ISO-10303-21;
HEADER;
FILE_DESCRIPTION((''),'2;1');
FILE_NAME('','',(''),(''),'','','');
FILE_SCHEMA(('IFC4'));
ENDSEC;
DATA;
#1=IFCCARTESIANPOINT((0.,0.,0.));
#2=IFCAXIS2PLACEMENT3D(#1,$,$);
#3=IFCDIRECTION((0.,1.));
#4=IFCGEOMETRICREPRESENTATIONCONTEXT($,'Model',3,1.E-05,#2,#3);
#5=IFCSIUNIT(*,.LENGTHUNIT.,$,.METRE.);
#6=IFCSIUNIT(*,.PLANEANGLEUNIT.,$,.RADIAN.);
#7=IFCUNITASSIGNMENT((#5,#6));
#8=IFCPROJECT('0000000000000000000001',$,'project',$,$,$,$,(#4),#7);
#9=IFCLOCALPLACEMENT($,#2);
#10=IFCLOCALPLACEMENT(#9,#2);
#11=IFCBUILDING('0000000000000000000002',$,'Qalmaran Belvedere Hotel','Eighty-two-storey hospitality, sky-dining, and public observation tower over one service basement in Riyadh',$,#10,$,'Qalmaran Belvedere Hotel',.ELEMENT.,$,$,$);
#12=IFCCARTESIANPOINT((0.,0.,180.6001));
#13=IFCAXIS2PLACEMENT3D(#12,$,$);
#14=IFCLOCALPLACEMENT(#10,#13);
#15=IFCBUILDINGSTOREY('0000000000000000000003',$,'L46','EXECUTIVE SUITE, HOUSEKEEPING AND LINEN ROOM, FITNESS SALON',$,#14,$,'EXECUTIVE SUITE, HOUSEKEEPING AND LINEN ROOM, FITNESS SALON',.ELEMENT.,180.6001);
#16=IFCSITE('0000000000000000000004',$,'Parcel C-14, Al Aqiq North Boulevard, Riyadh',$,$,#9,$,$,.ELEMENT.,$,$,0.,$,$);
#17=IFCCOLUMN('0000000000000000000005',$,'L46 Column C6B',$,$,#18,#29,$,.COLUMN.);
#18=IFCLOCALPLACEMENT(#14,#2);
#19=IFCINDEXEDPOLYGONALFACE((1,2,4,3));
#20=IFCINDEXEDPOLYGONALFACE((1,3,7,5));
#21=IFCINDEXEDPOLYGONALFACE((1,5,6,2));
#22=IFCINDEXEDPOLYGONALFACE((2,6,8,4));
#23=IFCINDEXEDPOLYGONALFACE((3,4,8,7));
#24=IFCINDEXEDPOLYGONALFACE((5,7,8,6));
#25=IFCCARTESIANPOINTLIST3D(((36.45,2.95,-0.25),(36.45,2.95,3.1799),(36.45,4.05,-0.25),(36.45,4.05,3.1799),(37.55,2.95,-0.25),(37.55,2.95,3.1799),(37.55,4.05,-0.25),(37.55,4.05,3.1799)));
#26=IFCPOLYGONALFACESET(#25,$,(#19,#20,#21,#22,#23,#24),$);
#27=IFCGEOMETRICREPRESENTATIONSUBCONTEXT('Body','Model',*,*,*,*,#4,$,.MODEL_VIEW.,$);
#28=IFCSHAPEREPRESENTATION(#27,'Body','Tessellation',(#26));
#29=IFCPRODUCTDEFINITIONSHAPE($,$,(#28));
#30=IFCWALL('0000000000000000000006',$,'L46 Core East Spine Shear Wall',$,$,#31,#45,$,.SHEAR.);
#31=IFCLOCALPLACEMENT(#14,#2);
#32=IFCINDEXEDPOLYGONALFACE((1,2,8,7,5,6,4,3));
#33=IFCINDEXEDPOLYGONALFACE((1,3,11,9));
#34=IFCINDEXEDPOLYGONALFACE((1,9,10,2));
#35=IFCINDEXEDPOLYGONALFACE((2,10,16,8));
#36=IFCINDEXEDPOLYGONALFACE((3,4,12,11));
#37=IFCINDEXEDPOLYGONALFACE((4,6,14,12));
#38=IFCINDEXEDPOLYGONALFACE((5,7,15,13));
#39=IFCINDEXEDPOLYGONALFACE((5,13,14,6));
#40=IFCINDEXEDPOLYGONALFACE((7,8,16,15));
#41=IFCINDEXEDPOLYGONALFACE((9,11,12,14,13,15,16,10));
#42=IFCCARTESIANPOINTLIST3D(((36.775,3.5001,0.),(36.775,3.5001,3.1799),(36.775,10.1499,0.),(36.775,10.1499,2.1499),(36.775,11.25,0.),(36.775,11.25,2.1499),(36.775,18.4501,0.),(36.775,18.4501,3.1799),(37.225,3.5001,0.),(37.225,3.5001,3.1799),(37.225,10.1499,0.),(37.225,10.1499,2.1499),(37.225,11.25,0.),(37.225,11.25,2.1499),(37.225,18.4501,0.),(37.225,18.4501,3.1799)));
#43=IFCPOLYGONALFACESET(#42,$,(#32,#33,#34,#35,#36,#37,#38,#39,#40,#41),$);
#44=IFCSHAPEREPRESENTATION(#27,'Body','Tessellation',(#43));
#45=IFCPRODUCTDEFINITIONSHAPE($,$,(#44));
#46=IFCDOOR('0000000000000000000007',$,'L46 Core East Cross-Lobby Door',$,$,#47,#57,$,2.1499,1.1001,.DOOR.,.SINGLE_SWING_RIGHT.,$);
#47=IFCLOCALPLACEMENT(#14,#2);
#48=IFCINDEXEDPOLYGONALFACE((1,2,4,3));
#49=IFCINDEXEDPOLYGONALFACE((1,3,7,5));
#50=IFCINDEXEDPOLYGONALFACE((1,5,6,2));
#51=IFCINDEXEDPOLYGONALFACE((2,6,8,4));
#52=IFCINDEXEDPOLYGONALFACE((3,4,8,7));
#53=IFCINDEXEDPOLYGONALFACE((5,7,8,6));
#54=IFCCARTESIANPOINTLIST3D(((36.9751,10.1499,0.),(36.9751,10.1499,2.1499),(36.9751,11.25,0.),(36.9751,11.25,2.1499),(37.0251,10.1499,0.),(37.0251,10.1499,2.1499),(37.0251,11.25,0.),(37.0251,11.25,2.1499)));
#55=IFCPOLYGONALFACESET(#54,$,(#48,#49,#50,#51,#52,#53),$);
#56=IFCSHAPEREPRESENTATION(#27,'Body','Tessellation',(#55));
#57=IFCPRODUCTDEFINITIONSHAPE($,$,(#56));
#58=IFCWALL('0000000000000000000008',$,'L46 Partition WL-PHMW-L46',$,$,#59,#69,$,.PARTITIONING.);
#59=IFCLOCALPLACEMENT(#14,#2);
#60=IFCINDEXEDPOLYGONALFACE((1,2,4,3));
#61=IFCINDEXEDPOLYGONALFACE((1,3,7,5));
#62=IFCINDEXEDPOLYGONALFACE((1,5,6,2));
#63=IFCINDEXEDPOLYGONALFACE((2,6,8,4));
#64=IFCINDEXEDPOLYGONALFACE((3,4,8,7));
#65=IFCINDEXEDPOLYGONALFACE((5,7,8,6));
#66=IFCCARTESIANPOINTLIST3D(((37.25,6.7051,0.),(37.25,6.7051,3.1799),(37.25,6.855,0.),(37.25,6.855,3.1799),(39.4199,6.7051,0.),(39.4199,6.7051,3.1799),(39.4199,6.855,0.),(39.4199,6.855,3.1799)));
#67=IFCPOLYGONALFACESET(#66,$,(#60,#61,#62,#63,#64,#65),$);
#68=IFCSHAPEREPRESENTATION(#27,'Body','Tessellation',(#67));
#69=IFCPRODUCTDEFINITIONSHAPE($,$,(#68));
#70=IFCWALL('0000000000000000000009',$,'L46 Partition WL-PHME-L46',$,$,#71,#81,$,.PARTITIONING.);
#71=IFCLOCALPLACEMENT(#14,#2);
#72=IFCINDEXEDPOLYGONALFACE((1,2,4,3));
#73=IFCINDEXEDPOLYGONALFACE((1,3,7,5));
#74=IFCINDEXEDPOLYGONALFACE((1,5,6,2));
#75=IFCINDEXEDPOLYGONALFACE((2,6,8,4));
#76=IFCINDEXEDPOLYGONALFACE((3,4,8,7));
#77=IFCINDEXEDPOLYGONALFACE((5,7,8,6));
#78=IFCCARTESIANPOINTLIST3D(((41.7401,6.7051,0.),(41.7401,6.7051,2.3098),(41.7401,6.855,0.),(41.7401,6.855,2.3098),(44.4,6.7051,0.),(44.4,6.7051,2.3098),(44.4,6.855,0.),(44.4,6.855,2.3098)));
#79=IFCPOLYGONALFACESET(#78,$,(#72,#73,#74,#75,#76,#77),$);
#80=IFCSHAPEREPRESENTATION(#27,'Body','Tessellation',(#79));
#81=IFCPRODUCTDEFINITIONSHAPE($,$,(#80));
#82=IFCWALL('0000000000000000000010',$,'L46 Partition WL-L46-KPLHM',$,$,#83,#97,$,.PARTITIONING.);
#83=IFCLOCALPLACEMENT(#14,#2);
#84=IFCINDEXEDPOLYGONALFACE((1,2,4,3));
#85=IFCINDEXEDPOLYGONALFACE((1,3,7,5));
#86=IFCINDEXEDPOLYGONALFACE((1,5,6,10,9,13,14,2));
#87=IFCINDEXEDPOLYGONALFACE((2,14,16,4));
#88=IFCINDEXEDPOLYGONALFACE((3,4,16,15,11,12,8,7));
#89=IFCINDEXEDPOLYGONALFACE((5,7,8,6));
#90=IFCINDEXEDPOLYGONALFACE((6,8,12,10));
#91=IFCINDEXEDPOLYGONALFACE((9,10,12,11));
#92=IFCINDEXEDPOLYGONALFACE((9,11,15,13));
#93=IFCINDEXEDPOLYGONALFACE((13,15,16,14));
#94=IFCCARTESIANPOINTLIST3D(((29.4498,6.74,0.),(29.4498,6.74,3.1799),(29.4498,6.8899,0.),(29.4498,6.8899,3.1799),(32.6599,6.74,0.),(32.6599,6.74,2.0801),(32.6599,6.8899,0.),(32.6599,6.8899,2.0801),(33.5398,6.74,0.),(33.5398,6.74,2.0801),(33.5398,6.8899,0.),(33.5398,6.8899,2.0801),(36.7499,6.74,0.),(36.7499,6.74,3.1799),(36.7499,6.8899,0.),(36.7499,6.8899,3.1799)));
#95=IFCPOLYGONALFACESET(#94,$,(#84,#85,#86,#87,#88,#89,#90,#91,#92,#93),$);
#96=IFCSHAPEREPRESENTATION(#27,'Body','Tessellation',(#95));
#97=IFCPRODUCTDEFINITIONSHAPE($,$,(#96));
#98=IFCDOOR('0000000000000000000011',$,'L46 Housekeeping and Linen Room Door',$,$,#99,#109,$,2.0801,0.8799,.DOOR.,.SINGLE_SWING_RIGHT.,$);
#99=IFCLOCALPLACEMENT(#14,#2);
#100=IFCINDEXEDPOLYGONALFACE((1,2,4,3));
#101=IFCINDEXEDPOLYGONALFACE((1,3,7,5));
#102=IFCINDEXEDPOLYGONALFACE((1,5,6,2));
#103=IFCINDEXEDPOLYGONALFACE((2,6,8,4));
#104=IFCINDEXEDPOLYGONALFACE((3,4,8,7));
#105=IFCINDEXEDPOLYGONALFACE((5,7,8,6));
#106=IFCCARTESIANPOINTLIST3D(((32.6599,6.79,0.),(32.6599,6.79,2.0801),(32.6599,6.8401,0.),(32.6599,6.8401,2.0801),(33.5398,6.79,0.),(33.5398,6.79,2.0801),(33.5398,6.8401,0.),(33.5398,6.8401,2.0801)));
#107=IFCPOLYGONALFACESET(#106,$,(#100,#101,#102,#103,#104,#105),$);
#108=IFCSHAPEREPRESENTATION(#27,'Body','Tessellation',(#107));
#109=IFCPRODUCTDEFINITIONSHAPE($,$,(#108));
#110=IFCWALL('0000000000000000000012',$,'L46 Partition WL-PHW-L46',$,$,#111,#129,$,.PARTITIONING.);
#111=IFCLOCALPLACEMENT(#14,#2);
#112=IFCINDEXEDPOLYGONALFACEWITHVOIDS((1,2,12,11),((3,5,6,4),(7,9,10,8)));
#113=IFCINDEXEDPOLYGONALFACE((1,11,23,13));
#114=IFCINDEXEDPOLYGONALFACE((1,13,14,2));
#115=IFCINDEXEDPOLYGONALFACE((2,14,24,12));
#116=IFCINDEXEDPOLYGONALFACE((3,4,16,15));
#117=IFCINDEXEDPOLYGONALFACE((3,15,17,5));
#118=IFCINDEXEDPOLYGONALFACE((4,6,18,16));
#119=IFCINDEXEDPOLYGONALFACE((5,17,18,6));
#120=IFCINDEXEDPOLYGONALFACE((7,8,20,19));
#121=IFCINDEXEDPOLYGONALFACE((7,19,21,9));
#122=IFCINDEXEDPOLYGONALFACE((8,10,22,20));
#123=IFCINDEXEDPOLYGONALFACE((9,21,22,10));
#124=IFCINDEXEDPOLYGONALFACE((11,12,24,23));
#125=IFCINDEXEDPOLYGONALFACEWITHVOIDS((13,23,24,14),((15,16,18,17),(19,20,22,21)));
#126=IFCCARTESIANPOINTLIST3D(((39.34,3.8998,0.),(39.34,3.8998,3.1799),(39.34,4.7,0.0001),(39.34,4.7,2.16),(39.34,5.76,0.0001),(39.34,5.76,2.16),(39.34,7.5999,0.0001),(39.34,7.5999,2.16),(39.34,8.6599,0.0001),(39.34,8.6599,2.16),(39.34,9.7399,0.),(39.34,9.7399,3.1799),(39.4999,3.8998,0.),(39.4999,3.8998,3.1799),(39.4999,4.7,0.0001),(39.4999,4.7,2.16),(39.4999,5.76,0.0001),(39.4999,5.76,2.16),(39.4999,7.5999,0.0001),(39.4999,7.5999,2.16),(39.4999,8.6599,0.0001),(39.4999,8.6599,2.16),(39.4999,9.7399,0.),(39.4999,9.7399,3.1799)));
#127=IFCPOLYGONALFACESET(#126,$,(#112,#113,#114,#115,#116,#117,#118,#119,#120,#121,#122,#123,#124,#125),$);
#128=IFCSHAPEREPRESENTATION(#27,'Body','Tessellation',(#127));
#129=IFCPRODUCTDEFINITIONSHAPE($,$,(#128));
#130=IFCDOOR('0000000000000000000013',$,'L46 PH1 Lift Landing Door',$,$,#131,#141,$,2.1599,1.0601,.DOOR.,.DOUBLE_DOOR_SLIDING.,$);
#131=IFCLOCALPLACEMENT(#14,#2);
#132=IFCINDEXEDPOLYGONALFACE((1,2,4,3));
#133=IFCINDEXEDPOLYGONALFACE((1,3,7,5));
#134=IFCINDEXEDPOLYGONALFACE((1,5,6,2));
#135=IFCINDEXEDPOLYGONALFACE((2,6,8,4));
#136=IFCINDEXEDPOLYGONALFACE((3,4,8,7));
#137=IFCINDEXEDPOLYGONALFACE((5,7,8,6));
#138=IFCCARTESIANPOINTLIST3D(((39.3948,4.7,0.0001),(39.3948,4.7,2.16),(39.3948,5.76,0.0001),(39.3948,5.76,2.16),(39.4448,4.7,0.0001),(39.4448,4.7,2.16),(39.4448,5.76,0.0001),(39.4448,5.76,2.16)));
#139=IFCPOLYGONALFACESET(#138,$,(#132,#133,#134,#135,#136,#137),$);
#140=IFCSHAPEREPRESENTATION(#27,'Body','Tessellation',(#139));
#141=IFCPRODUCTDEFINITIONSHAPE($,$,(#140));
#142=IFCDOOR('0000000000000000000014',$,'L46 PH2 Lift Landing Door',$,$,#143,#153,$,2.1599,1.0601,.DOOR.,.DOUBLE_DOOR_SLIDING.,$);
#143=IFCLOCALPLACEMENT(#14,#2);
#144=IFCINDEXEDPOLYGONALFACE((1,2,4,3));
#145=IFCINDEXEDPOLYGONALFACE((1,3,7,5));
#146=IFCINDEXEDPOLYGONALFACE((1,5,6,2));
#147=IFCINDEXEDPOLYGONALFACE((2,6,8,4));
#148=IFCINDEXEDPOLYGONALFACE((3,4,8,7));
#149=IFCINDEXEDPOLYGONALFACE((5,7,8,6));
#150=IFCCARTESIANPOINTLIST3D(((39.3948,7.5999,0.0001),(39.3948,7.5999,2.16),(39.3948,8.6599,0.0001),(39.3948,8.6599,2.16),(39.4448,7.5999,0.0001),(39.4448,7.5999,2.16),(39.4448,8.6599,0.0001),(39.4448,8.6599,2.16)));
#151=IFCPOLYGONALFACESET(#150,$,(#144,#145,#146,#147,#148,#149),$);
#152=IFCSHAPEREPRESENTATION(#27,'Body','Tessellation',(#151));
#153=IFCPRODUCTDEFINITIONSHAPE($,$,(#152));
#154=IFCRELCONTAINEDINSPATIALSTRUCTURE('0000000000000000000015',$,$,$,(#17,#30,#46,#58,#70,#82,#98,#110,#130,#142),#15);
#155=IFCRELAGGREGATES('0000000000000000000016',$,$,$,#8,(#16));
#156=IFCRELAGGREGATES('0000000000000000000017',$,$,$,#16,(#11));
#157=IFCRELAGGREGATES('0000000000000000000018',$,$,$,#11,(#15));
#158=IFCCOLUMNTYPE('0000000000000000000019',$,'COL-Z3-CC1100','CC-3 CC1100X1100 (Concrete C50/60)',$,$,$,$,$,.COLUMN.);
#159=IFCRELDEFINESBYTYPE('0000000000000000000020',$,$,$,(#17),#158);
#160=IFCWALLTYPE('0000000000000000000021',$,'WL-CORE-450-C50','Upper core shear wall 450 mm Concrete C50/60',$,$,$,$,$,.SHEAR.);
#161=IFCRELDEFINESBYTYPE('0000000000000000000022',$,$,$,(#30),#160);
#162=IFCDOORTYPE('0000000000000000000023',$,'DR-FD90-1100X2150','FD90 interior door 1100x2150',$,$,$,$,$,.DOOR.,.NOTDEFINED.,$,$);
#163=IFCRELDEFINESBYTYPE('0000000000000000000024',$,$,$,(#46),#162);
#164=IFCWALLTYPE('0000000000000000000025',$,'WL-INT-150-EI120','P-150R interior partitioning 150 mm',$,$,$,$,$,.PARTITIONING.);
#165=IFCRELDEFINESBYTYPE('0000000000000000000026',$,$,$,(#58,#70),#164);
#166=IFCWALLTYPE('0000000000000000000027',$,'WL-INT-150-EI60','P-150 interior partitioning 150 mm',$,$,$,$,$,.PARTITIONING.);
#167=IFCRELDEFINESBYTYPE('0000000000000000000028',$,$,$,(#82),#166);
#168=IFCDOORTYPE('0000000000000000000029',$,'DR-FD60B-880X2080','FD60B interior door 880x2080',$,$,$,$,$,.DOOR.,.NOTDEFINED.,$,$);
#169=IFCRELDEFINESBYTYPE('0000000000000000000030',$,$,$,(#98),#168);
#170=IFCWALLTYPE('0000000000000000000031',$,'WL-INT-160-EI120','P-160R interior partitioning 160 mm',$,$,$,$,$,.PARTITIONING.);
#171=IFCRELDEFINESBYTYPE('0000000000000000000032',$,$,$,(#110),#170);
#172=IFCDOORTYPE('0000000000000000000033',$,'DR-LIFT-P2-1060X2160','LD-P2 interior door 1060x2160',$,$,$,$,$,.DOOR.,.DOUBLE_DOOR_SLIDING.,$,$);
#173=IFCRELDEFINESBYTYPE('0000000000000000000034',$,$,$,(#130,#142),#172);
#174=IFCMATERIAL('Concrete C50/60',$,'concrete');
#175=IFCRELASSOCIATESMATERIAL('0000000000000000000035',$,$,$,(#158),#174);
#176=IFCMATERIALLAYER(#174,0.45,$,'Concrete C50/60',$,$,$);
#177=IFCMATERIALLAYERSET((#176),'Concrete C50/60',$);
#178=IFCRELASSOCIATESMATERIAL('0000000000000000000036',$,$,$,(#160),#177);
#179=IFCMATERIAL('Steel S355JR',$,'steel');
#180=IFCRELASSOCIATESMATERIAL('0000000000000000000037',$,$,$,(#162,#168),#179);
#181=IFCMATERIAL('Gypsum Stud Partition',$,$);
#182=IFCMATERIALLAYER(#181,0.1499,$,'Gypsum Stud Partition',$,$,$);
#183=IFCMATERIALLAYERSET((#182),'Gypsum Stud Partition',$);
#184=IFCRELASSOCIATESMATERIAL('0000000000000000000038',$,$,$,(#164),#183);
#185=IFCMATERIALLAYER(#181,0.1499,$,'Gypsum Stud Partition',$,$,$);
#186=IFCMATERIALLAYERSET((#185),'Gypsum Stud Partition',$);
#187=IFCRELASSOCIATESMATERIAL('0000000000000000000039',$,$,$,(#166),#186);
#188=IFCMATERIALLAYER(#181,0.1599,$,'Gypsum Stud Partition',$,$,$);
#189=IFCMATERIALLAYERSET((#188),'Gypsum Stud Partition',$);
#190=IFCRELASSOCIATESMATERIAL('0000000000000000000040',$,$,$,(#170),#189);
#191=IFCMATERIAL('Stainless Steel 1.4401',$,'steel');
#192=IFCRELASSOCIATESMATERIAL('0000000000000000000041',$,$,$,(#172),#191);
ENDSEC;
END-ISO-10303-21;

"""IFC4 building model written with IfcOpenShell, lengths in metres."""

from ifc_helpers import new_model, si_unit, direction, frame, frame_2d, origin, origin_2d, place, context, subcontext, project, spatial, rectangle, extrude, material, layer, layer_set, material_profile, profile_set, type_object, element, fill, save


model = new_model("IFC4")

# Units and contexts
model_context = context("Model", 3, precision=1e-05, world=origin(), true_north=direction((0.0, 1.0)))
body_context = subcontext(model_context, "Body", "Model", "MODEL_VIEW")
ifc_project = project(units=[si_unit("LENGTHUNIT", "METRE"), si_unit("PLANEANGLEUNIT", "RADIAN")], contexts=[model_context])

# Site, building, storey
site_placement = place(None, origin())
site = spatial("IfcSite", under=ifc_project, at=site_placement, Name="Parcel C-14, Al Aqiq North Boulevard, Riyadh", CompositionType="ELEMENT", RefElevation=0.0)
building_placement = place(site_placement, origin())
building = spatial("IfcBuilding", under=site, at=building_placement, Name="Qalmaran Belvedere Hotel", Description="Eighty-two-storey hospitality, sky-dining, and public observation tower over one service basement in Riyadh", LongName="Qalmaran Belvedere Hotel", CompositionType="ELEMENT")
storey_placement = place(building_placement, frame((0.0, 0.0, 180.6001)))
storey = spatial("IfcBuildingStorey", under=building, at=storey_placement, Name="L46", Description="EXECUTIVE SUITE, HOUSEKEEPING AND LINEN ROOM, FITNESS SALON", LongName="EXECUTIVE SUITE, HOUSEKEEPING AND LINEN ROOM, FITNESS SALON", CompositionType="ELEMENT", Elevation=180.6001)

# Column
ifc_material_1 = material(Name="Concrete C50/60", Category="concrete")
ifc_material_profile = material_profile(ifc_material_1, rectangle(XDim=1.1001, YDim=1.1001, at=origin_2d()), Name="CC1100X1100")
ifc_profile_set = profile_set([ifc_material_profile], Name="Concrete C50/60")
column_type = type_object("IfcColumnType", Name="COL-Z3-CC1100", Description="CC-3 CC1100X1100 (Concrete C50/60)", PredefinedType="COLUMN", material=ifc_profile_set)
column_placement = place(storey_placement, frame((37.0, 3.5, -0.25), z_axis=(0.0, 0.0, 1.0), x_axis=(1.0, 0.0, 0.0)))
element("IfcColumn", 1, at=column_placement, inside=storey, type_object=column_type, Name="L46 Column C6B", PredefinedType="COLUMN", context=body_context, shape_type="SweptSolid", body=[
    extrude(rectangle(XDim=1.1001, YDim=1.1001, at=origin_2d()), origin(), (0.0, 0.0, 1.0), 3.4299),
])

# Wall, opening, door
ifc_layer_1 = layer(ifc_material_1, 0.45, Name="Concrete C50/60")
ifc_layer_set_1 = layer_set([ifc_layer_1], Name="Concrete C50/60")
wall_type_1 = type_object("IfcWallType", Name="WL-CORE-450-C50", Description="Upper core shear wall 450 mm Concrete C50/60", PredefinedType="SHEAR", material=ifc_layer_set_1)
wall_1_placement = place(storey_placement, frame((37.0, 3.5, 0.0), z_axis=(0.0, 0.0, 1.0), x_axis=(0.0, 1.0, 0.0)))
wall_1 = element("IfcWall", 2, at=wall_1_placement, inside=storey, type_object=wall_type_1, Name="L46 Core East Spine Shear Wall", PredefinedType="SHEAR", context=body_context, shape_type="SweptSolid", body=[
    extrude(rectangle(XDim=14.95, YDim=0.45, at=frame_2d((7.4751, 0.0))), origin(), (0.0, 0.0, 1.0), 3.1799),
])
opening_1_placement = place(wall_1_placement, frame((6.6499, 0.0, 0.0)))
opening_1 = element("IfcOpeningElement", 3, at=opening_1_placement, cuts=wall_1, PredefinedType="OPENING", context=body_context, shape_type="SweptSolid", body=[
    extrude(rectangle(XDim=1.1001, YDim=2.1499, at=frame_2d((0.55, 1.075))), frame((0.0, 0.2349, 0.0), z_axis=(0.0, -1.0, 0.0), x_axis=(1.0, 0.0, 0.0)), (0.0, 0.0, 1.0), 0.47),
])
ifc_material_2 = material(Name="Steel S355JR", Category="steel")
door_type_1 = type_object("IfcDoorType", Name="DR-FD90-1100X2150", Description="FD90 interior door 1100x2150", OperationType="NOTDEFINED", PredefinedType="DOOR", material=ifc_material_2)
door_1_placement = place(opening_1_placement, origin())
door_1 = element("IfcDoor", 4, at=door_1_placement, inside=storey, type_object=door_type_1, Name="L46 Core East Cross-Lobby Door", OperationType="SINGLE_SWING_RIGHT", OverallHeight=2.1499, OverallWidth=1.1001, PredefinedType="DOOR", context=body_context, shape_type="SweptSolid", body=[
    extrude(rectangle(XDim=1.1001, YDim=2.1499, at=frame_2d((0.55, 1.075))), frame((0.0, 0.0249, 0.0), z_axis=(0.0, -1.0, 0.0), x_axis=(1.0, 0.0, 0.0)), (0.0, 0.0, 1.0), 0.05),
])
fill(opening_1, door_1)

# Walls
ifc_material_3 = material(Name="Gypsum Stud Partition")
ifc_layer_2 = layer(ifc_material_3, 0.1499, Name="Gypsum Stud Partition")
ifc_layer_set_2 = layer_set([ifc_layer_2], Name="Gypsum Stud Partition")
wall_type_2 = type_object("IfcWallType", Name="WL-INT-150-EI120", Description="P-150R interior partitioning 150 mm", PredefinedType="PARTITIONING", material=ifc_layer_set_2)
wall_2_placement = place(storey_placement, frame((37.25, 6.78, 0.0), z_axis=(0.0, 0.0, 1.0), x_axis=(1.0, 0.0, 0.0)))
element("IfcWall", 5, at=wall_2_placement, inside=storey, type_object=wall_type_2, Name="L46 Partition WL-PHMW-L46", PredefinedType="PARTITIONING", context=body_context, shape_type="SweptSolid", body=[
    extrude(rectangle(XDim=2.1699, YDim=0.1499, at=frame_2d((1.085, 0.0))), origin(), (0.0, 0.0, 1.0), 3.1799),
])
wall_3_placement = place(storey_placement, frame((41.74, 6.78, 0.0), z_axis=(0.0, 0.0, 1.0), x_axis=(1.0, 0.0, 0.0)))
element("IfcWall", 6, at=wall_3_placement, inside=storey, type_object=wall_type_2, Name="L46 Partition WL-PHME-L46", PredefinedType="PARTITIONING", context=body_context, shape_type="SweptSolid", body=[
    extrude(rectangle(XDim=2.6599, YDim=0.1499, at=frame_2d((1.3301, 0.0))), origin(), (0.0, 0.0, 1.0), 2.3098),
])
ifc_layer_3 = layer(ifc_material_3, 0.1499, Name="Gypsum Stud Partition")
ifc_layer_set_3 = layer_set([ifc_layer_3], Name="Gypsum Stud Partition")
wall_type_3 = type_object("IfcWallType", Name="WL-INT-150-EI60", Description="P-150 interior partitioning 150 mm", PredefinedType="PARTITIONING", material=ifc_layer_set_3)

# Wall, opening, door
wall_4_placement = place(storey_placement, frame((29.45, 6.8149, 0.0), z_axis=(0.0, 0.0, 1.0), x_axis=(1.0, 0.0, 0.0)))
wall_4 = element("IfcWall", 7, at=wall_4_placement, inside=storey, type_object=wall_type_3, Name="L46 Partition WL-L46-KPLHM", PredefinedType="PARTITIONING", context=body_context, shape_type="SweptSolid", body=[
    extrude(rectangle(XDim=7.3, YDim=0.1499, at=frame_2d((3.6499, 0.0))), origin(), (0.0, 0.0, 1.0), 3.1799),
])
opening_2_placement = place(wall_4_placement, frame((4.0898, 0.0, 0.0), z_axis=(0.0, 0.0, 1.0), x_axis=(-1.0, 0.0, 0.0)))
opening_2 = element("IfcOpeningElement", 8, at=opening_2_placement, cuts=wall_4, PredefinedType="OPENING", context=body_context, shape_type="SweptSolid", body=[
    extrude(rectangle(XDim=0.8799, YDim=2.0801, at=frame_2d((0.4399, 1.04))), frame((0.0, 0.085, 0.0), z_axis=(0.0, -1.0, 0.0), x_axis=(1.0, 0.0, 0.0)), (0.0, 0.0, 1.0), 0.1699),
])
door_type_2 = type_object("IfcDoorType", Name="DR-FD60B-880X2080", Description="FD60B interior door 880x2080", OperationType="NOTDEFINED", PredefinedType="DOOR", material=ifc_material_2)
door_2_placement = place(opening_2_placement, origin())
door_2 = element("IfcDoor", 9, at=door_2_placement, inside=storey, type_object=door_type_2, Name="L46 Housekeeping and Linen Room Door", OperationType="SINGLE_SWING_RIGHT", OverallHeight=2.0801, OverallWidth=0.8799, PredefinedType="DOOR", context=body_context, shape_type="SweptSolid", body=[
    extrude(rectangle(XDim=0.8799, YDim=2.0801, at=frame_2d((0.4399, 1.04))), frame((0.0, 0.0249, 0.0), z_axis=(0.0, -1.0, 0.0), x_axis=(1.0, 0.0, 0.0)), (0.0, 0.0, 1.0), 0.05),
])
fill(opening_2, door_2)

# Wall, openings, doors
ifc_layer_4 = layer(ifc_material_3, 0.1599, Name="Gypsum Stud Partition")
ifc_layer_set_4 = layer_set([ifc_layer_4], Name="Gypsum Stud Partition")
wall_type_4 = type_object("IfcWallType", Name="WL-INT-160-EI120", Description="P-160R interior partitioning 160 mm", PredefinedType="PARTITIONING", material=ifc_layer_set_4)
wall_5_placement = place(storey_placement, frame((39.4199, 3.8999, 0.0), z_axis=(0.0, 0.0, 1.0), x_axis=(0.0, 1.0, 0.0)))
wall_5 = element("IfcWall", 10, at=wall_5_placement, inside=storey, type_object=wall_type_4, Name="L46 Partition WL-PHW-L46", PredefinedType="PARTITIONING", context=body_context, shape_type="SweptSolid", body=[
    extrude(rectangle(XDim=5.8401, YDim=0.1599, at=frame_2d((2.9199, 0.0))), origin(), (0.0, 0.0, 1.0), 3.1799),
])
opening_3_placement = place(wall_5_placement, frame((1.8601, 0.0, 0.0), z_axis=(0.0, 0.0, 1.0), x_axis=(-1.0, 0.0, 0.0)))
opening_3 = element("IfcOpeningElement", 11, at=opening_3_placement, cuts=wall_5, PredefinedType="OPENING", context=body_context, shape_type="SweptSolid", body=[
    extrude(rectangle(XDim=1.0601, YDim=2.1599, at=frame_2d((0.53, 1.0801))), frame((0.0, 0.0898, 0.0), z_axis=(0.0, -1.0, 0.0), x_axis=(1.0, 0.0, 0.0)), (0.0, 0.0, 1.0), 0.1799),
])
opening_4_placement = place(wall_5_placement, frame((4.76, 0.0, 0.0), z_axis=(0.0, 0.0, 1.0), x_axis=(-1.0, 0.0, 0.0)))
opening_4 = element("IfcOpeningElement", 12, at=opening_4_placement, cuts=wall_5, PredefinedType="OPENING", context=body_context, shape_type="SweptSolid", body=[
    extrude(rectangle(XDim=1.0601, YDim=2.1599, at=frame_2d((0.53, 1.0801))), frame((0.0, 0.0898, 0.0), z_axis=(0.0, -1.0, 0.0), x_axis=(1.0, 0.0, 0.0)), (0.0, 0.0, 1.0), 0.1799),
])
ifc_material_4 = material(Name="Stainless Steel 1.4401", Category="steel")
door_type_3 = type_object("IfcDoorType", Name="DR-LIFT-P2-1060X2160", Description="LD-P2 interior door 1060x2160", OperationType="DOUBLE_DOOR_SLIDING", PredefinedType="DOOR", material=ifc_material_4)
door_3_placement = place(opening_3_placement, origin())
door_3 = element("IfcDoor", 13, at=door_3_placement, inside=storey, type_object=door_type_3, Name="L46 PH1 Lift Landing Door", OperationType="DOUBLE_DOOR_SLIDING", OverallHeight=2.1599, OverallWidth=1.0601, PredefinedType="DOOR", context=body_context, shape_type="SweptSolid", body=[
    extrude(rectangle(XDim=1.0601, YDim=2.1599, at=frame_2d((0.53, 1.0801))), frame((0.0, 0.0249, 0.0), z_axis=(0.0, -1.0, 0.0), x_axis=(1.0, 0.0, 0.0)), (0.0, 0.0, 1.0), 0.05),
])
fill(opening_3, door_3)
door_4_placement = place(opening_4_placement, origin())
door_4 = element("IfcDoor", 14, at=door_4_placement, inside=storey, type_object=door_type_3, Name="L46 PH2 Lift Landing Door", OperationType="DOUBLE_DOOR_SLIDING", OverallHeight=2.1599, OverallWidth=1.0601, PredefinedType="DOOR", context=body_context, shape_type="SweptSolid", body=[
    extrude(rectangle(XDim=1.0601, YDim=2.1599, at=frame_2d((0.53, 1.0801))), frame((0.0, 0.0249, 0.0), z_axis=(0.0, -1.0, 0.0), x_axis=(1.0, 0.0, 0.0)), (0.0, 0.0, 1.0), 0.05),
])
fill(opening_4, door_4)

save(model, "model.ifc")
